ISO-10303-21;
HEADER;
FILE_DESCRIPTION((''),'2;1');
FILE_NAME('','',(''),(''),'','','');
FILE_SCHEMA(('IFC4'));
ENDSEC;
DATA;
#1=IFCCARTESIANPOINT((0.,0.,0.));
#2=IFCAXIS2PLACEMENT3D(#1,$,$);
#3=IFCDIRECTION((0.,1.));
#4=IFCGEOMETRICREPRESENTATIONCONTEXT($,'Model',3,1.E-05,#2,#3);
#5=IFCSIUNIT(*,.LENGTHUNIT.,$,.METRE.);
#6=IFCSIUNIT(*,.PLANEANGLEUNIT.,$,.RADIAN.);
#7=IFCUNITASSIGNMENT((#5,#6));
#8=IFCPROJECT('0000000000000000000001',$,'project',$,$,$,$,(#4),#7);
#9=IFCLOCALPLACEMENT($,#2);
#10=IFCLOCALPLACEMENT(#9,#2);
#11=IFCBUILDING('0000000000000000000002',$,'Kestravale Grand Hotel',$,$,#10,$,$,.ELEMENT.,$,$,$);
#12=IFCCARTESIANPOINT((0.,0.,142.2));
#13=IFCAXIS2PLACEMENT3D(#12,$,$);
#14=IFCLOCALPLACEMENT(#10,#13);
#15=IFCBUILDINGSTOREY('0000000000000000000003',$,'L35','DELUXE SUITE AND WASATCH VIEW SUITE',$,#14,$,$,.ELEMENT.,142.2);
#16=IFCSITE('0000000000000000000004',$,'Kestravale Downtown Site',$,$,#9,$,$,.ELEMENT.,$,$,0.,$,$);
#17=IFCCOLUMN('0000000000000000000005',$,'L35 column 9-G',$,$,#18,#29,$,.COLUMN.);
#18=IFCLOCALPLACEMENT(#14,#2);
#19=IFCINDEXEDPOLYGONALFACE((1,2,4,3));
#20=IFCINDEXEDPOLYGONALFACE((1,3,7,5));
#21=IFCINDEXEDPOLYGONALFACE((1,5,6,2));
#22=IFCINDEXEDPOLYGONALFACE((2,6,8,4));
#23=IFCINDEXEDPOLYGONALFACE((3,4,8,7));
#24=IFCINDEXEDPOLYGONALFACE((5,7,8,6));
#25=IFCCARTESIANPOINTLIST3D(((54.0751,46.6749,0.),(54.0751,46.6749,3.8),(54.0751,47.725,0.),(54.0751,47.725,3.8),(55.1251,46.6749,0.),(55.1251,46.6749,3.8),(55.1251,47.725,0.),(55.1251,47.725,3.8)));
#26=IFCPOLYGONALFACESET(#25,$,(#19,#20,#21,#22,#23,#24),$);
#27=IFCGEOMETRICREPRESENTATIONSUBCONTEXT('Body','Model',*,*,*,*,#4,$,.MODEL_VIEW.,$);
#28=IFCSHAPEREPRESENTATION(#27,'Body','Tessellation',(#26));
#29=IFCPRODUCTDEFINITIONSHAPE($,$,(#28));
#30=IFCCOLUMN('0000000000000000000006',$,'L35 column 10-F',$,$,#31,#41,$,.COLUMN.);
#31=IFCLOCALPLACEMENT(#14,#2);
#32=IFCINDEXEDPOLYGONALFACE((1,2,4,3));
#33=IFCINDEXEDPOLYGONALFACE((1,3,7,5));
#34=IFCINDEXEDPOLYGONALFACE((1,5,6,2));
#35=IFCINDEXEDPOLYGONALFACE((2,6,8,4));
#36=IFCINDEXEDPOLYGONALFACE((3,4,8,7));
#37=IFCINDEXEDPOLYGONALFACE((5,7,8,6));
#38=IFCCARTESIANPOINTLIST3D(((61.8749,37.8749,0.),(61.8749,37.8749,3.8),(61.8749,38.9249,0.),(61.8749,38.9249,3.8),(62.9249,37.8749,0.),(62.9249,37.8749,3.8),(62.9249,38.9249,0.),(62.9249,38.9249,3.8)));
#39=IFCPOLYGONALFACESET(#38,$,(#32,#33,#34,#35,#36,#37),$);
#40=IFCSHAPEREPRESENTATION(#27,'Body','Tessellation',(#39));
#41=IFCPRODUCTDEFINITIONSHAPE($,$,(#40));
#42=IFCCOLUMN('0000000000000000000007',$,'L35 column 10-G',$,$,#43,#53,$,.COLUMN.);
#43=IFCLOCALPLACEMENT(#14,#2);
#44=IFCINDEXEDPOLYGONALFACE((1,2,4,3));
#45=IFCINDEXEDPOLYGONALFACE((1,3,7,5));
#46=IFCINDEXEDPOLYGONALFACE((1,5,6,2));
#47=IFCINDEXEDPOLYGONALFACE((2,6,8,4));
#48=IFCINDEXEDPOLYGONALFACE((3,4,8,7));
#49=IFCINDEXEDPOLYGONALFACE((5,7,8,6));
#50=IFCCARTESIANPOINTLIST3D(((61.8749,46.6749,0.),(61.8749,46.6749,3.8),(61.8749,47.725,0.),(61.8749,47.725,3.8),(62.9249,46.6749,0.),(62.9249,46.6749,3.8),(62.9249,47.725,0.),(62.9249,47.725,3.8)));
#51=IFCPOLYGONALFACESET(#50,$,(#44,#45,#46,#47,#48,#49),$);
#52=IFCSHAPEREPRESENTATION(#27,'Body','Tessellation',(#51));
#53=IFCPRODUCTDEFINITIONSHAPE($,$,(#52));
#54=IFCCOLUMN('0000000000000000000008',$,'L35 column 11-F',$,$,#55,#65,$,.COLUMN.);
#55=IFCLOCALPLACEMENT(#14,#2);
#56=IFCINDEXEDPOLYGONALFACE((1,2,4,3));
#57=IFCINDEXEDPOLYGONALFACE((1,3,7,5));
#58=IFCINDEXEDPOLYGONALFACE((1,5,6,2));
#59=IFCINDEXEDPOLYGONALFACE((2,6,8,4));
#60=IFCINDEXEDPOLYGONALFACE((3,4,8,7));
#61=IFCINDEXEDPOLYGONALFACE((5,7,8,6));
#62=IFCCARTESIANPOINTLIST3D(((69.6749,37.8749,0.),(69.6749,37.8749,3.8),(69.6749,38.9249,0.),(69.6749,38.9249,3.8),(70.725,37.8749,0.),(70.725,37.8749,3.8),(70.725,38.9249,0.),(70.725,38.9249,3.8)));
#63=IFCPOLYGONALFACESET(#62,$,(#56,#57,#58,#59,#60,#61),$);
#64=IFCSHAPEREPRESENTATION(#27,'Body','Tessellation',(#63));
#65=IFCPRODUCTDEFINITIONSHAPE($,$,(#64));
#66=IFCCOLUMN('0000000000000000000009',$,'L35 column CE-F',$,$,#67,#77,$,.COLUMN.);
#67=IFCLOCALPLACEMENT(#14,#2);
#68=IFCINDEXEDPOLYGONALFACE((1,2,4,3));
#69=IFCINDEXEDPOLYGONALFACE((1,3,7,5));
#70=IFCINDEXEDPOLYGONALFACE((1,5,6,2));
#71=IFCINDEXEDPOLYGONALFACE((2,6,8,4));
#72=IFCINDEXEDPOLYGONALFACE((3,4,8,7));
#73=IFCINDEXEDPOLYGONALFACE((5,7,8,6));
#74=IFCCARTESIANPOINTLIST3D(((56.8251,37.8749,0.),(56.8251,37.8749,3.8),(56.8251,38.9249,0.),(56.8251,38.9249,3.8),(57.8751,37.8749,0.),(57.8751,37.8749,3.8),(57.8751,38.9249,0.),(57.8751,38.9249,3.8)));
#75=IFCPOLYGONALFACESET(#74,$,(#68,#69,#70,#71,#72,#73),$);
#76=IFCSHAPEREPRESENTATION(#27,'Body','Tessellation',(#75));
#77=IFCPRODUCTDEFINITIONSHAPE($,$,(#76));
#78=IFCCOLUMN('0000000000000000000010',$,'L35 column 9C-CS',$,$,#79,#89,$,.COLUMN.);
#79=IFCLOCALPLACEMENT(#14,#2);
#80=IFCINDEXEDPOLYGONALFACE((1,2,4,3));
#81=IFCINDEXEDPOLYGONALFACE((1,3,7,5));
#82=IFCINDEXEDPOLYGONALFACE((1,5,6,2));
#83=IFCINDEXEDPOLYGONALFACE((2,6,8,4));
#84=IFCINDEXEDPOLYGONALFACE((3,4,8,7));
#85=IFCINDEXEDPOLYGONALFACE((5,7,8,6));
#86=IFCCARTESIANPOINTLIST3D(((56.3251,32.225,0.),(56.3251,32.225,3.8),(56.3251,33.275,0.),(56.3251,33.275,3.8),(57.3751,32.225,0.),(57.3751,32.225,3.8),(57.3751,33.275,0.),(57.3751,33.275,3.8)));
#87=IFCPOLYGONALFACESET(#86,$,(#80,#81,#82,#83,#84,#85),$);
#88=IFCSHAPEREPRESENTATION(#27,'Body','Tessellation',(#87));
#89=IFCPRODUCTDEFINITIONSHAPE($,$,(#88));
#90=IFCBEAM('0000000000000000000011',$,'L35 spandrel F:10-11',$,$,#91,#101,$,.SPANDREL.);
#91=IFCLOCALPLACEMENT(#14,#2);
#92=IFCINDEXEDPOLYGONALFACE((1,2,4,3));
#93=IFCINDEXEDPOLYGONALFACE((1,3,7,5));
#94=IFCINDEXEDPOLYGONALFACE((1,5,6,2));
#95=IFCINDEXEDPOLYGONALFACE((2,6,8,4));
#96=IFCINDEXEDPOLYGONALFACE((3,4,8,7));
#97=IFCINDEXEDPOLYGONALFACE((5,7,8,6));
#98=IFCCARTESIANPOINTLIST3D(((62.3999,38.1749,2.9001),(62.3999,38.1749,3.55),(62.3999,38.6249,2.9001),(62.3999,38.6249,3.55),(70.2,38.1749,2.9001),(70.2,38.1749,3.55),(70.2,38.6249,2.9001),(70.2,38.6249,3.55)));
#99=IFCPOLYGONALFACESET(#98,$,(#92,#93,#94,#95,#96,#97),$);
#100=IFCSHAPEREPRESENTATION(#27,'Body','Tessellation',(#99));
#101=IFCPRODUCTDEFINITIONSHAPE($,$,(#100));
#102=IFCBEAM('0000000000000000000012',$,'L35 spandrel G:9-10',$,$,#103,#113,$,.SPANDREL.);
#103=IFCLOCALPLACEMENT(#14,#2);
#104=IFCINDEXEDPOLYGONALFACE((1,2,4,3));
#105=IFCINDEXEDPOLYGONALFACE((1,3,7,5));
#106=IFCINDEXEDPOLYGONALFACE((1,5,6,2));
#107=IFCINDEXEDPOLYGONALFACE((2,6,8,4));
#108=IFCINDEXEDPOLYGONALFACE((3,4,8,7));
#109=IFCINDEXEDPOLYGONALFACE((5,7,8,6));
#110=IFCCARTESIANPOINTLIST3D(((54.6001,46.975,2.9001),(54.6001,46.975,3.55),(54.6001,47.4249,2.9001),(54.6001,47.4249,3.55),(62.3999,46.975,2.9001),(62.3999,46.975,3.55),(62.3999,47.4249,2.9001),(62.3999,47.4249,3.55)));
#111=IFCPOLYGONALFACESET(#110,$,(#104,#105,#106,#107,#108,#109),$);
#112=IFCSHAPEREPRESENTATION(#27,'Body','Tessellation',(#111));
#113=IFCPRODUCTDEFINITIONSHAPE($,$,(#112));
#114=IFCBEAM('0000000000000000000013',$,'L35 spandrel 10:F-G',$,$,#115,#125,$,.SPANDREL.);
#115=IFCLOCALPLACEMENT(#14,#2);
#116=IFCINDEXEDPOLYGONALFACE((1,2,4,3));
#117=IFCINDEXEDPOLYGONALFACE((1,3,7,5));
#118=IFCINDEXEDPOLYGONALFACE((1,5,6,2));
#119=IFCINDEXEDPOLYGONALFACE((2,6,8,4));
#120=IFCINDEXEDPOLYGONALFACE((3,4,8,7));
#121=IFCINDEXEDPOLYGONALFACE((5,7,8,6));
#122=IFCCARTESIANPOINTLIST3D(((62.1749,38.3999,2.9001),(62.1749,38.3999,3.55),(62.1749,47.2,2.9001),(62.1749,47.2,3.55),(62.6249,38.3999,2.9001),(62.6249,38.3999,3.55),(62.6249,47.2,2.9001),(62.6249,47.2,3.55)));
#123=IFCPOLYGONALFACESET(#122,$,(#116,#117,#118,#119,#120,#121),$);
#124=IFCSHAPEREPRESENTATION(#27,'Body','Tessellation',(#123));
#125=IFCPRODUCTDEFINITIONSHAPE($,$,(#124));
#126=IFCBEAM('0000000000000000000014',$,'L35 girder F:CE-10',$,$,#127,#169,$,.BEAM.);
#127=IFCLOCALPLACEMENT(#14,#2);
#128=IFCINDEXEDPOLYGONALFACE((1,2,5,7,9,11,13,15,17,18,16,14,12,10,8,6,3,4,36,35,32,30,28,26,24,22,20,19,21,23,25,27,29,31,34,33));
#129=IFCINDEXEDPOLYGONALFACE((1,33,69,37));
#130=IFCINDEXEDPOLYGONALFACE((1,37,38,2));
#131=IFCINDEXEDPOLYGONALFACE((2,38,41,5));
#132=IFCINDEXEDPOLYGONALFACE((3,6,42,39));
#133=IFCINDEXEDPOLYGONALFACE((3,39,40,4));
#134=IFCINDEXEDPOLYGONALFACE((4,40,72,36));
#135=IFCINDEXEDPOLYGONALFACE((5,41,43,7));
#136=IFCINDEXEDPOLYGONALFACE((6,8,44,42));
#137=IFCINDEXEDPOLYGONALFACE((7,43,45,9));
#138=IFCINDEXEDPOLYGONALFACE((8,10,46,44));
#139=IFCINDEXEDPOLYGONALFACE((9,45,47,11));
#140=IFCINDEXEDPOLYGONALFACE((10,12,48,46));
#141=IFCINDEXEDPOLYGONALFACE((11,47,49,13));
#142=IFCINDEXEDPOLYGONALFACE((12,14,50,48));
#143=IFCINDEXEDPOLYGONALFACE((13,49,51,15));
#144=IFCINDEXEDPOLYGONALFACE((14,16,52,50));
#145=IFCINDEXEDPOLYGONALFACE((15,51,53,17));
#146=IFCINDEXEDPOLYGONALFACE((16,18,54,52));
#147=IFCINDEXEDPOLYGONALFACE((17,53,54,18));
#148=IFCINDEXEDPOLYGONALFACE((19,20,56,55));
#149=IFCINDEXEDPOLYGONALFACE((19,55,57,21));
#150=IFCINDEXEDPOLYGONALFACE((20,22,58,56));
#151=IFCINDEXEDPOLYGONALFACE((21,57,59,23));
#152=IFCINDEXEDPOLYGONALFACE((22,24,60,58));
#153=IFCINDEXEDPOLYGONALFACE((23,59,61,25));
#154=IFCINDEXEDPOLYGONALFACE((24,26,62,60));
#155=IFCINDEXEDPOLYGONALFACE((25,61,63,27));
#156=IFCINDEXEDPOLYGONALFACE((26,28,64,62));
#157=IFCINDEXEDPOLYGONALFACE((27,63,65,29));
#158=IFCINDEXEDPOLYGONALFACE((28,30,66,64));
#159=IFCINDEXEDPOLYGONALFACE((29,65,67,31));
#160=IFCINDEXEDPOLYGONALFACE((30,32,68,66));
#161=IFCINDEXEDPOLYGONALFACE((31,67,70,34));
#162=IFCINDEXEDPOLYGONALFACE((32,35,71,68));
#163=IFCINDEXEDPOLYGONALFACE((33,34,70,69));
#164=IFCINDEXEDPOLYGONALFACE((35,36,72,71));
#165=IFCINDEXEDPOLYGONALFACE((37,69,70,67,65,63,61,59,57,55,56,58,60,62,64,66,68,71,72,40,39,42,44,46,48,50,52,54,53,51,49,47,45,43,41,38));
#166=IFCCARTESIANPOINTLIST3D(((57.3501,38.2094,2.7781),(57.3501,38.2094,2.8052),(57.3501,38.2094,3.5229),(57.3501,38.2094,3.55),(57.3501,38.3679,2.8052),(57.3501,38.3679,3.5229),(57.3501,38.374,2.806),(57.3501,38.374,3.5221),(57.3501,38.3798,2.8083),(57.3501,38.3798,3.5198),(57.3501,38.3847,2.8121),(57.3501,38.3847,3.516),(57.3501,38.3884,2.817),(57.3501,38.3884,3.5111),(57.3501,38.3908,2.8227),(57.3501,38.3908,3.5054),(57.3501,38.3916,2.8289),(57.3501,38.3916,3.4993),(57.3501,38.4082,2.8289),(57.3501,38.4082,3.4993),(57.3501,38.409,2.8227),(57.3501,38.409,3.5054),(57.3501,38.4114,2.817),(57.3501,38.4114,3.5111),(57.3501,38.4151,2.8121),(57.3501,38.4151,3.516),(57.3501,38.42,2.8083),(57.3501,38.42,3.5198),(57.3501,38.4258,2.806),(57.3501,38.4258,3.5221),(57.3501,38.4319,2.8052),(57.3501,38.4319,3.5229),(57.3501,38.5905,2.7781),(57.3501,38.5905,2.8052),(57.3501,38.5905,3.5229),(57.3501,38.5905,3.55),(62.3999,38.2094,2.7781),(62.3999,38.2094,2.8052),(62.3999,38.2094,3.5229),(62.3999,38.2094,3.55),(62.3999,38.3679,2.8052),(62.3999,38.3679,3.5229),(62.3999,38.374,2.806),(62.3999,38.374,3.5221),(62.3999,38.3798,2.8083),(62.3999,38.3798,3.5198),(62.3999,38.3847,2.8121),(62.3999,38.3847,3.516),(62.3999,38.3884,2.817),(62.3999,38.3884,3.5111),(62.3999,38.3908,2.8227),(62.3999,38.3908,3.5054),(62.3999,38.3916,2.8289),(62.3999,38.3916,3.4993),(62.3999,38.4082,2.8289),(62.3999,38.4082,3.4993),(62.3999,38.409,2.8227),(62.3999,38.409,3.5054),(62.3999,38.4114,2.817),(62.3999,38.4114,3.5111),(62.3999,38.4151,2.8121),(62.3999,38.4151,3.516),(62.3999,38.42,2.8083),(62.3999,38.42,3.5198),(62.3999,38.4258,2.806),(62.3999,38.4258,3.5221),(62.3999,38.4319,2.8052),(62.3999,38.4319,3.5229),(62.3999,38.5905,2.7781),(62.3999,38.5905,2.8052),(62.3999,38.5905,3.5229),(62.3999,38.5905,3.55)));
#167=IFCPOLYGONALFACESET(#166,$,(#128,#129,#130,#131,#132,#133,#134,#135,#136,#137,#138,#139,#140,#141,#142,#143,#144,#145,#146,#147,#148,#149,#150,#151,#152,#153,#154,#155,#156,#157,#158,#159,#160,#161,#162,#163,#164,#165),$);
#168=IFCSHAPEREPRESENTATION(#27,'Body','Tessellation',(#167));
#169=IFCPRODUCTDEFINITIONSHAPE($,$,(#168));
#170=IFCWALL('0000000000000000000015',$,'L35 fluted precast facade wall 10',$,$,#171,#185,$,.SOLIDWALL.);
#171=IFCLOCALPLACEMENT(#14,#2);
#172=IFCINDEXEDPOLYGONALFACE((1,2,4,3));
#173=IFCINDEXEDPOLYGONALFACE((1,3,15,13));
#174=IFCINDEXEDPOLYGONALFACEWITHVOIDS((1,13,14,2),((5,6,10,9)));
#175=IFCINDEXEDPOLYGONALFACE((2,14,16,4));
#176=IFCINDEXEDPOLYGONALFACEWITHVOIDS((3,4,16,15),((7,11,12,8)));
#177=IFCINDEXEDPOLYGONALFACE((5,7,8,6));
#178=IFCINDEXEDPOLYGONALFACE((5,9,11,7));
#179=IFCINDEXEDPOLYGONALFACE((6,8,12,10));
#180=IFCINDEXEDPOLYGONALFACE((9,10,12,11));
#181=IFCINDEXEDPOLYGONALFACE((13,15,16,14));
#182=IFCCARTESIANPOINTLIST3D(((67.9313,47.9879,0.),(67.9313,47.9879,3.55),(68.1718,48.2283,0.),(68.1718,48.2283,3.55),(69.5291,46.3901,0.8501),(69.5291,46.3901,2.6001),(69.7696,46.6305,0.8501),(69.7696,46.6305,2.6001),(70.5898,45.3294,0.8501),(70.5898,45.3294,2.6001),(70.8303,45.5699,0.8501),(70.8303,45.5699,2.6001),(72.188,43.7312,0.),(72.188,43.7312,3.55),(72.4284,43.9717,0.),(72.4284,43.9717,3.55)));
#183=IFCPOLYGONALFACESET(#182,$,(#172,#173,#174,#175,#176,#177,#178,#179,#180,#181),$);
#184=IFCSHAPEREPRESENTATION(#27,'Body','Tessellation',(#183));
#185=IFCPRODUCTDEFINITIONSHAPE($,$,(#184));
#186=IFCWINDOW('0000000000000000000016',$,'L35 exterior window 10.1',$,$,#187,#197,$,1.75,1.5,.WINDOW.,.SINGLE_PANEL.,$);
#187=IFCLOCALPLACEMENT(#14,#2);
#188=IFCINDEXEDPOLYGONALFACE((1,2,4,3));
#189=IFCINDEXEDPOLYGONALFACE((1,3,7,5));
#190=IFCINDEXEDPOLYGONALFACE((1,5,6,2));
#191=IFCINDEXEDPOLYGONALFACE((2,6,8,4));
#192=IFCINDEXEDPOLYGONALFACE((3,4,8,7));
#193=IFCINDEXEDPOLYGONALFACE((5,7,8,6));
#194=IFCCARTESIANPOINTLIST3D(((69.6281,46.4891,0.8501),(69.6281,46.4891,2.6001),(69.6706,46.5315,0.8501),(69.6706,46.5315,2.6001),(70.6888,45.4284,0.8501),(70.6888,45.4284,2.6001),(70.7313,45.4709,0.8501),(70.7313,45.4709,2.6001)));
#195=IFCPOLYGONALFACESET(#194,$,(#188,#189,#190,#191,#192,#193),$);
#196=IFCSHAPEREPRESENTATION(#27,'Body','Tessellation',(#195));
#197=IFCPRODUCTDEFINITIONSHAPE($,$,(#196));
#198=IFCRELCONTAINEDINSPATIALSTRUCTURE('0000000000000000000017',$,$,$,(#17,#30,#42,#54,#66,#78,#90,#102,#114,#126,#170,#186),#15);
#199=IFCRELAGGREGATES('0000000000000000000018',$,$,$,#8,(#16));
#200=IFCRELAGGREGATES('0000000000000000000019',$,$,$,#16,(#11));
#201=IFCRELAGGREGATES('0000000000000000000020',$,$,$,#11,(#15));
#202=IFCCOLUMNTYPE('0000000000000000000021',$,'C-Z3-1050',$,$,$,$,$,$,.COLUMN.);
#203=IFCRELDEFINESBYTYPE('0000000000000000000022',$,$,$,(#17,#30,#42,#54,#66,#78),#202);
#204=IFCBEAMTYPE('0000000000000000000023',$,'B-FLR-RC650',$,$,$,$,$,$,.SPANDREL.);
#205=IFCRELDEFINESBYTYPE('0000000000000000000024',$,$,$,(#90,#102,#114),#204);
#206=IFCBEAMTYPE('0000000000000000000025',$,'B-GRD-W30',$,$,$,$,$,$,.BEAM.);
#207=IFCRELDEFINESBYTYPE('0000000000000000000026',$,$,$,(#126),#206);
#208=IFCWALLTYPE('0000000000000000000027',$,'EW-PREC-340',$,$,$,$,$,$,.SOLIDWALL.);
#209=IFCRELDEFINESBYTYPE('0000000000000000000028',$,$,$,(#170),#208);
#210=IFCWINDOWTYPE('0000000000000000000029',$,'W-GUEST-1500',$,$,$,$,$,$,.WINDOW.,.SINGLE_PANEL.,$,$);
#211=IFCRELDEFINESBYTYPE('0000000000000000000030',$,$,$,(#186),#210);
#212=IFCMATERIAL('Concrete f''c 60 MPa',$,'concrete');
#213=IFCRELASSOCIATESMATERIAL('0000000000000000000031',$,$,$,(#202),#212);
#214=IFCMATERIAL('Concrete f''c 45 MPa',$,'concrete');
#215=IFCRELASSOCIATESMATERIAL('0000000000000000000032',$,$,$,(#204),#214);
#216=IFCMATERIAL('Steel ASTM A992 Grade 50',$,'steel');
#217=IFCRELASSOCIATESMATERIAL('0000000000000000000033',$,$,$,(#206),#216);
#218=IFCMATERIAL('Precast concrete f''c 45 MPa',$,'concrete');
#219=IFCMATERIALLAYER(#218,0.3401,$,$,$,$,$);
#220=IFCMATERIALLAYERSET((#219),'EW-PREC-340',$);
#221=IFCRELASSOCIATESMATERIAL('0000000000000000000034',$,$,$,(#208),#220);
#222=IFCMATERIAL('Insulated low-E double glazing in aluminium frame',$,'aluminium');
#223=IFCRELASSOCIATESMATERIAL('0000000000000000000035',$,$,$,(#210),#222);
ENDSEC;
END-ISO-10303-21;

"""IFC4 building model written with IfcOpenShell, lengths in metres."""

from ifc_helpers import new_model, si_unit, direction, frame, frame_2d, origin, origin_2d, place, context, subcontext, project, spatial, rectangle, i_section, extrude, material, layer, layer_set, material_profile, profile_set, type_object, element, fill, save


model = new_model("IFC4")

# Units and contexts
model_context = context("Model", 3, precision=1e-05, world=origin(), true_north=direction((0.0, 1.0)))
body_context = subcontext(model_context, "Body", "Model", "MODEL_VIEW")
ifc_project = project(units=[si_unit("LENGTHUNIT", "METRE"), si_unit("PLANEANGLEUNIT", "RADIAN")], contexts=[model_context])

# Site, building, storey
site_placement = place(None, origin())
site = spatial("IfcSite", under=ifc_project, at=site_placement, Name="Kestravale Downtown Site", CompositionType="ELEMENT", RefElevation=0.0)
building_placement = place(site_placement, origin())
building = spatial("IfcBuilding", under=site, at=building_placement, Name="Kestravale Grand Hotel", CompositionType="ELEMENT")
storey_placement = place(building_placement, frame((0.0, 0.0, 142.2)))
storey = spatial("IfcBuildingStorey", under=building, at=storey_placement, Name="L35", Description="DELUXE SUITE AND WASATCH VIEW SUITE", CompositionType="ELEMENT", Elevation=142.2)

# Columns
ifc_material_1 = material(Name="Concrete f'c 60 MPa", Category="concrete")
ifc_material_profile_1 = material_profile(ifc_material_1, rectangle(XDim=1.05, YDim=1.05, at=origin_2d()))
ifc_profile_set_1 = profile_set([ifc_material_profile_1], Name="Concrete f'c 60 MPa")
column_type = type_object("IfcColumnType", Name="C-Z3-1050", PredefinedType="COLUMN", material=ifc_profile_set_1)
for number, where, z_axis, x_axis, name in (
    (1, (54.6001, 47.2, 0.0), (0.0, 0.0, 1.0), (1.0, 0.0, 0.0), "L35 column 9-G"),
    (2, (62.3999, 38.3999, 0.0), (0.0, 0.0, 1.0), (1.0, 0.0, 0.0), "L35 column 10-F"),
    (3, (62.3999, 47.2, 0.0), (0.0, 0.0, 1.0), (1.0, 0.0, 0.0), "L35 column 10-G"),
    (4, (70.2, 38.3999, 0.0), (0.0, 0.0, 1.0), (1.0, 0.0, 0.0), "L35 column 11-F"),
    (5, (57.3501, 38.3999, 0.0), (0.0, 0.0, 1.0), (1.0, 0.0, 0.0), "L35 column CE-F"),
    (6, (56.8501, 32.75, 0.0), (0.0, 0.0, 1.0), (1.0, 0.0, 0.0), "L35 column 9C-CS"),
):
    element("IfcColumn", number, at=place(storey_placement, frame(where, z_axis=z_axis, x_axis=x_axis)), inside=storey, type_object=column_type, Name=name, PredefinedType="COLUMN", context=body_context, shape_type="SweptSolid", body=[
        extrude(rectangle(XDim=1.05, YDim=1.05, at=origin_2d()), origin(), (0.0, 0.0, 1.0), 3.8),
    ])

# Beams
ifc_material_2 = material(Name="Concrete f'c 45 MPa", Category="concrete")
ifc_material_profile_2 = material_profile(ifc_material_2, rectangle(XDim=0.45, YDim=0.6499, at=origin_2d()))
ifc_profile_set_2 = profile_set([ifc_material_profile_2], Name="Concrete f'c 45 MPa")
beam_type_1 = type_object("IfcBeamType", Name="B-FLR-RC650", PredefinedType="SPANDREL", material=ifc_profile_set_2)
beam_1_placement = place(storey_placement, frame((62.3999, 38.3999, 3.2251), z_axis=(1.0, 0.0, 0.0), x_axis=(0.0, 1.0, 0.0)))
element("IfcBeam", 7, at=beam_1_placement, inside=storey, type_object=beam_type_1, Name="L35 spandrel F:10-11", PredefinedType="SPANDREL", context=body_context, shape_type="SweptSolid", body=[
    extrude(rectangle(XDim=0.45, YDim=0.6499, at=origin_2d()), origin(), (0.0, 0.0, 1.0), 7.8),
])
beam_2_placement = place(storey_placement, frame((54.6001, 47.2, 3.2251), z_axis=(1.0, 0.0, 0.0), x_axis=(0.0, 1.0, 0.0)))
element("IfcBeam", 8, at=beam_2_placement, inside=storey, type_object=beam_type_1, Name="L35 spandrel G:9-10", PredefinedType="SPANDREL", context=body_context, shape_type="SweptSolid", body=[
    extrude(rectangle(XDim=0.45, YDim=0.6499, at=origin_2d()), origin(), (0.0, 0.0, 1.0), 7.7998),
])
beam_3_placement = place(storey_placement, frame((62.3999, 38.3999, 3.2251), z_axis=(0.0, 1.0, 0.0), x_axis=(-1.0, 0.0, 0.0)))
element("IfcBeam", 9, at=beam_3_placement, inside=storey, type_object=beam_type_1, Name="L35 spandrel 10:F-G", PredefinedType="SPANDREL", context=body_context, shape_type="SweptSolid", body=[
    extrude(rectangle(XDim=0.45, YDim=0.6499, at=origin_2d()), origin(), (0.0, 0.0, 1.0), 8.8),
])
ifc_material_3 = material(Name="Steel ASTM A992 Grade 50", Category="steel")
ifc_material_profile_3 = material_profile(ifc_material_3, i_section(OverallWidth=0.3811, OverallDepth=0.772, WebThickness=0.0166, FlangeThickness=0.0271, FilletRadius=0.0237, at=origin_2d()))
ifc_profile_set_3 = profile_set([ifc_material_profile_3], Name="Steel ASTM A992 Grade 50")
beam_type_2 = type_object("IfcBeamType", Name="B-GRD-W30", PredefinedType="BEAM", material=ifc_profile_set_3)
beam_4_placement = place(storey_placement, frame((57.3501, 38.3999, 3.1641), z_axis=(1.0, 0.0, 0.0), x_axis=(0.0, 1.0, 0.0)))
element("IfcBeam", 10, at=beam_4_placement, inside=storey, type_object=beam_type_2, Name="L35 girder F:CE-10", PredefinedType="BEAM", context=body_context, shape_type="SweptSolid", body=[
    extrude(i_section(OverallWidth=0.3811, OverallDepth=0.772, WebThickness=0.0166, FlangeThickness=0.0271, FilletRadius=0.0237, at=origin_2d()), origin(), (0.0, 0.0, 1.0), 5.0498),
])

# Wall, opening, window
ifc_material_4 = material(Name="Precast concrete f'c 45 MPa", Category="concrete")
ifc_layer_1 = layer(ifc_material_4, 0.3401)
ifc_layer_set_1 = layer_set([ifc_layer_1], Name="EW-PREC-340")
wall_type_1 = type_object("IfcWallType", Name="EW-PREC-340", PredefinedType="SOLIDWALL", material=ifc_layer_set_1)
wall_1_placement = place(storey_placement, frame((72.3081, 43.8516, 0.0), z_axis=(0.0, 0.0, 1.0), x_axis=(-0.707107, 0.707107, 0.0)))
wall_1 = element("IfcWall", 11, at=wall_1_placement, inside=storey, type_object=wall_type_1, Name="L35 fluted precast facade wall 10", PredefinedType="SOLIDWALL", context=body_context, shape_type="SweptSolid", body=[
    extrude(rectangle(XDim=6.0198, YDim=0.3401, at=frame_2d((3.0098, 0.0))), origin(), (0.0, 0.0, 1.0), 3.55),
])
opening_1_placement = place(wall_1_placement, frame((2.26, 0.0, 0.8501)))
opening_1 = element("IfcOpeningElement", 12, at=opening_1_placement, cuts=wall_1, PredefinedType="OPENING", context=body_context, shape_type="SweptSolid", body=[
    extrude(rectangle(XDim=1.5, YDim=1.75, at=frame_2d((0.75, 0.875))), frame((0.0, 0.1799, 0.0), z_axis=(0.0, -1.0, 0.0), x_axis=(1.0, 0.0, 0.0)), (0.0, 0.0, 1.0), 0.3601),
])
ifc_material_5 = material(Name="Insulated low-E double glazing in aluminium frame", Category="aluminium")
window_type = type_object("IfcWindowType", Name="W-GUEST-1500", PartitioningType="SINGLE_PANEL", PredefinedType="WINDOW", material=ifc_material_5)
window_1_placement = place(opening_1_placement, origin())
window_1 = element("IfcWindow", 13, at=window_1_placement, inside=storey, type_object=window_type, Name="L35 exterior window 10.1", OverallHeight=1.75, OverallWidth=1.5, PartitioningType="SINGLE_PANEL", PredefinedType="WINDOW", context=body_context, shape_type="SweptSolid", body=[
    extrude(rectangle(XDim=1.5, YDim=1.75, at=frame_2d((0.75, 0.875))), frame((0.0, 0.03, 0.0), z_axis=(0.0, -1.0, 0.0), x_axis=(1.0, 0.0, 0.0)), (0.0, 0.0, 1.0), 0.0601),
])
fill(opening_1, window_1)

save(model, "model.ifc")
